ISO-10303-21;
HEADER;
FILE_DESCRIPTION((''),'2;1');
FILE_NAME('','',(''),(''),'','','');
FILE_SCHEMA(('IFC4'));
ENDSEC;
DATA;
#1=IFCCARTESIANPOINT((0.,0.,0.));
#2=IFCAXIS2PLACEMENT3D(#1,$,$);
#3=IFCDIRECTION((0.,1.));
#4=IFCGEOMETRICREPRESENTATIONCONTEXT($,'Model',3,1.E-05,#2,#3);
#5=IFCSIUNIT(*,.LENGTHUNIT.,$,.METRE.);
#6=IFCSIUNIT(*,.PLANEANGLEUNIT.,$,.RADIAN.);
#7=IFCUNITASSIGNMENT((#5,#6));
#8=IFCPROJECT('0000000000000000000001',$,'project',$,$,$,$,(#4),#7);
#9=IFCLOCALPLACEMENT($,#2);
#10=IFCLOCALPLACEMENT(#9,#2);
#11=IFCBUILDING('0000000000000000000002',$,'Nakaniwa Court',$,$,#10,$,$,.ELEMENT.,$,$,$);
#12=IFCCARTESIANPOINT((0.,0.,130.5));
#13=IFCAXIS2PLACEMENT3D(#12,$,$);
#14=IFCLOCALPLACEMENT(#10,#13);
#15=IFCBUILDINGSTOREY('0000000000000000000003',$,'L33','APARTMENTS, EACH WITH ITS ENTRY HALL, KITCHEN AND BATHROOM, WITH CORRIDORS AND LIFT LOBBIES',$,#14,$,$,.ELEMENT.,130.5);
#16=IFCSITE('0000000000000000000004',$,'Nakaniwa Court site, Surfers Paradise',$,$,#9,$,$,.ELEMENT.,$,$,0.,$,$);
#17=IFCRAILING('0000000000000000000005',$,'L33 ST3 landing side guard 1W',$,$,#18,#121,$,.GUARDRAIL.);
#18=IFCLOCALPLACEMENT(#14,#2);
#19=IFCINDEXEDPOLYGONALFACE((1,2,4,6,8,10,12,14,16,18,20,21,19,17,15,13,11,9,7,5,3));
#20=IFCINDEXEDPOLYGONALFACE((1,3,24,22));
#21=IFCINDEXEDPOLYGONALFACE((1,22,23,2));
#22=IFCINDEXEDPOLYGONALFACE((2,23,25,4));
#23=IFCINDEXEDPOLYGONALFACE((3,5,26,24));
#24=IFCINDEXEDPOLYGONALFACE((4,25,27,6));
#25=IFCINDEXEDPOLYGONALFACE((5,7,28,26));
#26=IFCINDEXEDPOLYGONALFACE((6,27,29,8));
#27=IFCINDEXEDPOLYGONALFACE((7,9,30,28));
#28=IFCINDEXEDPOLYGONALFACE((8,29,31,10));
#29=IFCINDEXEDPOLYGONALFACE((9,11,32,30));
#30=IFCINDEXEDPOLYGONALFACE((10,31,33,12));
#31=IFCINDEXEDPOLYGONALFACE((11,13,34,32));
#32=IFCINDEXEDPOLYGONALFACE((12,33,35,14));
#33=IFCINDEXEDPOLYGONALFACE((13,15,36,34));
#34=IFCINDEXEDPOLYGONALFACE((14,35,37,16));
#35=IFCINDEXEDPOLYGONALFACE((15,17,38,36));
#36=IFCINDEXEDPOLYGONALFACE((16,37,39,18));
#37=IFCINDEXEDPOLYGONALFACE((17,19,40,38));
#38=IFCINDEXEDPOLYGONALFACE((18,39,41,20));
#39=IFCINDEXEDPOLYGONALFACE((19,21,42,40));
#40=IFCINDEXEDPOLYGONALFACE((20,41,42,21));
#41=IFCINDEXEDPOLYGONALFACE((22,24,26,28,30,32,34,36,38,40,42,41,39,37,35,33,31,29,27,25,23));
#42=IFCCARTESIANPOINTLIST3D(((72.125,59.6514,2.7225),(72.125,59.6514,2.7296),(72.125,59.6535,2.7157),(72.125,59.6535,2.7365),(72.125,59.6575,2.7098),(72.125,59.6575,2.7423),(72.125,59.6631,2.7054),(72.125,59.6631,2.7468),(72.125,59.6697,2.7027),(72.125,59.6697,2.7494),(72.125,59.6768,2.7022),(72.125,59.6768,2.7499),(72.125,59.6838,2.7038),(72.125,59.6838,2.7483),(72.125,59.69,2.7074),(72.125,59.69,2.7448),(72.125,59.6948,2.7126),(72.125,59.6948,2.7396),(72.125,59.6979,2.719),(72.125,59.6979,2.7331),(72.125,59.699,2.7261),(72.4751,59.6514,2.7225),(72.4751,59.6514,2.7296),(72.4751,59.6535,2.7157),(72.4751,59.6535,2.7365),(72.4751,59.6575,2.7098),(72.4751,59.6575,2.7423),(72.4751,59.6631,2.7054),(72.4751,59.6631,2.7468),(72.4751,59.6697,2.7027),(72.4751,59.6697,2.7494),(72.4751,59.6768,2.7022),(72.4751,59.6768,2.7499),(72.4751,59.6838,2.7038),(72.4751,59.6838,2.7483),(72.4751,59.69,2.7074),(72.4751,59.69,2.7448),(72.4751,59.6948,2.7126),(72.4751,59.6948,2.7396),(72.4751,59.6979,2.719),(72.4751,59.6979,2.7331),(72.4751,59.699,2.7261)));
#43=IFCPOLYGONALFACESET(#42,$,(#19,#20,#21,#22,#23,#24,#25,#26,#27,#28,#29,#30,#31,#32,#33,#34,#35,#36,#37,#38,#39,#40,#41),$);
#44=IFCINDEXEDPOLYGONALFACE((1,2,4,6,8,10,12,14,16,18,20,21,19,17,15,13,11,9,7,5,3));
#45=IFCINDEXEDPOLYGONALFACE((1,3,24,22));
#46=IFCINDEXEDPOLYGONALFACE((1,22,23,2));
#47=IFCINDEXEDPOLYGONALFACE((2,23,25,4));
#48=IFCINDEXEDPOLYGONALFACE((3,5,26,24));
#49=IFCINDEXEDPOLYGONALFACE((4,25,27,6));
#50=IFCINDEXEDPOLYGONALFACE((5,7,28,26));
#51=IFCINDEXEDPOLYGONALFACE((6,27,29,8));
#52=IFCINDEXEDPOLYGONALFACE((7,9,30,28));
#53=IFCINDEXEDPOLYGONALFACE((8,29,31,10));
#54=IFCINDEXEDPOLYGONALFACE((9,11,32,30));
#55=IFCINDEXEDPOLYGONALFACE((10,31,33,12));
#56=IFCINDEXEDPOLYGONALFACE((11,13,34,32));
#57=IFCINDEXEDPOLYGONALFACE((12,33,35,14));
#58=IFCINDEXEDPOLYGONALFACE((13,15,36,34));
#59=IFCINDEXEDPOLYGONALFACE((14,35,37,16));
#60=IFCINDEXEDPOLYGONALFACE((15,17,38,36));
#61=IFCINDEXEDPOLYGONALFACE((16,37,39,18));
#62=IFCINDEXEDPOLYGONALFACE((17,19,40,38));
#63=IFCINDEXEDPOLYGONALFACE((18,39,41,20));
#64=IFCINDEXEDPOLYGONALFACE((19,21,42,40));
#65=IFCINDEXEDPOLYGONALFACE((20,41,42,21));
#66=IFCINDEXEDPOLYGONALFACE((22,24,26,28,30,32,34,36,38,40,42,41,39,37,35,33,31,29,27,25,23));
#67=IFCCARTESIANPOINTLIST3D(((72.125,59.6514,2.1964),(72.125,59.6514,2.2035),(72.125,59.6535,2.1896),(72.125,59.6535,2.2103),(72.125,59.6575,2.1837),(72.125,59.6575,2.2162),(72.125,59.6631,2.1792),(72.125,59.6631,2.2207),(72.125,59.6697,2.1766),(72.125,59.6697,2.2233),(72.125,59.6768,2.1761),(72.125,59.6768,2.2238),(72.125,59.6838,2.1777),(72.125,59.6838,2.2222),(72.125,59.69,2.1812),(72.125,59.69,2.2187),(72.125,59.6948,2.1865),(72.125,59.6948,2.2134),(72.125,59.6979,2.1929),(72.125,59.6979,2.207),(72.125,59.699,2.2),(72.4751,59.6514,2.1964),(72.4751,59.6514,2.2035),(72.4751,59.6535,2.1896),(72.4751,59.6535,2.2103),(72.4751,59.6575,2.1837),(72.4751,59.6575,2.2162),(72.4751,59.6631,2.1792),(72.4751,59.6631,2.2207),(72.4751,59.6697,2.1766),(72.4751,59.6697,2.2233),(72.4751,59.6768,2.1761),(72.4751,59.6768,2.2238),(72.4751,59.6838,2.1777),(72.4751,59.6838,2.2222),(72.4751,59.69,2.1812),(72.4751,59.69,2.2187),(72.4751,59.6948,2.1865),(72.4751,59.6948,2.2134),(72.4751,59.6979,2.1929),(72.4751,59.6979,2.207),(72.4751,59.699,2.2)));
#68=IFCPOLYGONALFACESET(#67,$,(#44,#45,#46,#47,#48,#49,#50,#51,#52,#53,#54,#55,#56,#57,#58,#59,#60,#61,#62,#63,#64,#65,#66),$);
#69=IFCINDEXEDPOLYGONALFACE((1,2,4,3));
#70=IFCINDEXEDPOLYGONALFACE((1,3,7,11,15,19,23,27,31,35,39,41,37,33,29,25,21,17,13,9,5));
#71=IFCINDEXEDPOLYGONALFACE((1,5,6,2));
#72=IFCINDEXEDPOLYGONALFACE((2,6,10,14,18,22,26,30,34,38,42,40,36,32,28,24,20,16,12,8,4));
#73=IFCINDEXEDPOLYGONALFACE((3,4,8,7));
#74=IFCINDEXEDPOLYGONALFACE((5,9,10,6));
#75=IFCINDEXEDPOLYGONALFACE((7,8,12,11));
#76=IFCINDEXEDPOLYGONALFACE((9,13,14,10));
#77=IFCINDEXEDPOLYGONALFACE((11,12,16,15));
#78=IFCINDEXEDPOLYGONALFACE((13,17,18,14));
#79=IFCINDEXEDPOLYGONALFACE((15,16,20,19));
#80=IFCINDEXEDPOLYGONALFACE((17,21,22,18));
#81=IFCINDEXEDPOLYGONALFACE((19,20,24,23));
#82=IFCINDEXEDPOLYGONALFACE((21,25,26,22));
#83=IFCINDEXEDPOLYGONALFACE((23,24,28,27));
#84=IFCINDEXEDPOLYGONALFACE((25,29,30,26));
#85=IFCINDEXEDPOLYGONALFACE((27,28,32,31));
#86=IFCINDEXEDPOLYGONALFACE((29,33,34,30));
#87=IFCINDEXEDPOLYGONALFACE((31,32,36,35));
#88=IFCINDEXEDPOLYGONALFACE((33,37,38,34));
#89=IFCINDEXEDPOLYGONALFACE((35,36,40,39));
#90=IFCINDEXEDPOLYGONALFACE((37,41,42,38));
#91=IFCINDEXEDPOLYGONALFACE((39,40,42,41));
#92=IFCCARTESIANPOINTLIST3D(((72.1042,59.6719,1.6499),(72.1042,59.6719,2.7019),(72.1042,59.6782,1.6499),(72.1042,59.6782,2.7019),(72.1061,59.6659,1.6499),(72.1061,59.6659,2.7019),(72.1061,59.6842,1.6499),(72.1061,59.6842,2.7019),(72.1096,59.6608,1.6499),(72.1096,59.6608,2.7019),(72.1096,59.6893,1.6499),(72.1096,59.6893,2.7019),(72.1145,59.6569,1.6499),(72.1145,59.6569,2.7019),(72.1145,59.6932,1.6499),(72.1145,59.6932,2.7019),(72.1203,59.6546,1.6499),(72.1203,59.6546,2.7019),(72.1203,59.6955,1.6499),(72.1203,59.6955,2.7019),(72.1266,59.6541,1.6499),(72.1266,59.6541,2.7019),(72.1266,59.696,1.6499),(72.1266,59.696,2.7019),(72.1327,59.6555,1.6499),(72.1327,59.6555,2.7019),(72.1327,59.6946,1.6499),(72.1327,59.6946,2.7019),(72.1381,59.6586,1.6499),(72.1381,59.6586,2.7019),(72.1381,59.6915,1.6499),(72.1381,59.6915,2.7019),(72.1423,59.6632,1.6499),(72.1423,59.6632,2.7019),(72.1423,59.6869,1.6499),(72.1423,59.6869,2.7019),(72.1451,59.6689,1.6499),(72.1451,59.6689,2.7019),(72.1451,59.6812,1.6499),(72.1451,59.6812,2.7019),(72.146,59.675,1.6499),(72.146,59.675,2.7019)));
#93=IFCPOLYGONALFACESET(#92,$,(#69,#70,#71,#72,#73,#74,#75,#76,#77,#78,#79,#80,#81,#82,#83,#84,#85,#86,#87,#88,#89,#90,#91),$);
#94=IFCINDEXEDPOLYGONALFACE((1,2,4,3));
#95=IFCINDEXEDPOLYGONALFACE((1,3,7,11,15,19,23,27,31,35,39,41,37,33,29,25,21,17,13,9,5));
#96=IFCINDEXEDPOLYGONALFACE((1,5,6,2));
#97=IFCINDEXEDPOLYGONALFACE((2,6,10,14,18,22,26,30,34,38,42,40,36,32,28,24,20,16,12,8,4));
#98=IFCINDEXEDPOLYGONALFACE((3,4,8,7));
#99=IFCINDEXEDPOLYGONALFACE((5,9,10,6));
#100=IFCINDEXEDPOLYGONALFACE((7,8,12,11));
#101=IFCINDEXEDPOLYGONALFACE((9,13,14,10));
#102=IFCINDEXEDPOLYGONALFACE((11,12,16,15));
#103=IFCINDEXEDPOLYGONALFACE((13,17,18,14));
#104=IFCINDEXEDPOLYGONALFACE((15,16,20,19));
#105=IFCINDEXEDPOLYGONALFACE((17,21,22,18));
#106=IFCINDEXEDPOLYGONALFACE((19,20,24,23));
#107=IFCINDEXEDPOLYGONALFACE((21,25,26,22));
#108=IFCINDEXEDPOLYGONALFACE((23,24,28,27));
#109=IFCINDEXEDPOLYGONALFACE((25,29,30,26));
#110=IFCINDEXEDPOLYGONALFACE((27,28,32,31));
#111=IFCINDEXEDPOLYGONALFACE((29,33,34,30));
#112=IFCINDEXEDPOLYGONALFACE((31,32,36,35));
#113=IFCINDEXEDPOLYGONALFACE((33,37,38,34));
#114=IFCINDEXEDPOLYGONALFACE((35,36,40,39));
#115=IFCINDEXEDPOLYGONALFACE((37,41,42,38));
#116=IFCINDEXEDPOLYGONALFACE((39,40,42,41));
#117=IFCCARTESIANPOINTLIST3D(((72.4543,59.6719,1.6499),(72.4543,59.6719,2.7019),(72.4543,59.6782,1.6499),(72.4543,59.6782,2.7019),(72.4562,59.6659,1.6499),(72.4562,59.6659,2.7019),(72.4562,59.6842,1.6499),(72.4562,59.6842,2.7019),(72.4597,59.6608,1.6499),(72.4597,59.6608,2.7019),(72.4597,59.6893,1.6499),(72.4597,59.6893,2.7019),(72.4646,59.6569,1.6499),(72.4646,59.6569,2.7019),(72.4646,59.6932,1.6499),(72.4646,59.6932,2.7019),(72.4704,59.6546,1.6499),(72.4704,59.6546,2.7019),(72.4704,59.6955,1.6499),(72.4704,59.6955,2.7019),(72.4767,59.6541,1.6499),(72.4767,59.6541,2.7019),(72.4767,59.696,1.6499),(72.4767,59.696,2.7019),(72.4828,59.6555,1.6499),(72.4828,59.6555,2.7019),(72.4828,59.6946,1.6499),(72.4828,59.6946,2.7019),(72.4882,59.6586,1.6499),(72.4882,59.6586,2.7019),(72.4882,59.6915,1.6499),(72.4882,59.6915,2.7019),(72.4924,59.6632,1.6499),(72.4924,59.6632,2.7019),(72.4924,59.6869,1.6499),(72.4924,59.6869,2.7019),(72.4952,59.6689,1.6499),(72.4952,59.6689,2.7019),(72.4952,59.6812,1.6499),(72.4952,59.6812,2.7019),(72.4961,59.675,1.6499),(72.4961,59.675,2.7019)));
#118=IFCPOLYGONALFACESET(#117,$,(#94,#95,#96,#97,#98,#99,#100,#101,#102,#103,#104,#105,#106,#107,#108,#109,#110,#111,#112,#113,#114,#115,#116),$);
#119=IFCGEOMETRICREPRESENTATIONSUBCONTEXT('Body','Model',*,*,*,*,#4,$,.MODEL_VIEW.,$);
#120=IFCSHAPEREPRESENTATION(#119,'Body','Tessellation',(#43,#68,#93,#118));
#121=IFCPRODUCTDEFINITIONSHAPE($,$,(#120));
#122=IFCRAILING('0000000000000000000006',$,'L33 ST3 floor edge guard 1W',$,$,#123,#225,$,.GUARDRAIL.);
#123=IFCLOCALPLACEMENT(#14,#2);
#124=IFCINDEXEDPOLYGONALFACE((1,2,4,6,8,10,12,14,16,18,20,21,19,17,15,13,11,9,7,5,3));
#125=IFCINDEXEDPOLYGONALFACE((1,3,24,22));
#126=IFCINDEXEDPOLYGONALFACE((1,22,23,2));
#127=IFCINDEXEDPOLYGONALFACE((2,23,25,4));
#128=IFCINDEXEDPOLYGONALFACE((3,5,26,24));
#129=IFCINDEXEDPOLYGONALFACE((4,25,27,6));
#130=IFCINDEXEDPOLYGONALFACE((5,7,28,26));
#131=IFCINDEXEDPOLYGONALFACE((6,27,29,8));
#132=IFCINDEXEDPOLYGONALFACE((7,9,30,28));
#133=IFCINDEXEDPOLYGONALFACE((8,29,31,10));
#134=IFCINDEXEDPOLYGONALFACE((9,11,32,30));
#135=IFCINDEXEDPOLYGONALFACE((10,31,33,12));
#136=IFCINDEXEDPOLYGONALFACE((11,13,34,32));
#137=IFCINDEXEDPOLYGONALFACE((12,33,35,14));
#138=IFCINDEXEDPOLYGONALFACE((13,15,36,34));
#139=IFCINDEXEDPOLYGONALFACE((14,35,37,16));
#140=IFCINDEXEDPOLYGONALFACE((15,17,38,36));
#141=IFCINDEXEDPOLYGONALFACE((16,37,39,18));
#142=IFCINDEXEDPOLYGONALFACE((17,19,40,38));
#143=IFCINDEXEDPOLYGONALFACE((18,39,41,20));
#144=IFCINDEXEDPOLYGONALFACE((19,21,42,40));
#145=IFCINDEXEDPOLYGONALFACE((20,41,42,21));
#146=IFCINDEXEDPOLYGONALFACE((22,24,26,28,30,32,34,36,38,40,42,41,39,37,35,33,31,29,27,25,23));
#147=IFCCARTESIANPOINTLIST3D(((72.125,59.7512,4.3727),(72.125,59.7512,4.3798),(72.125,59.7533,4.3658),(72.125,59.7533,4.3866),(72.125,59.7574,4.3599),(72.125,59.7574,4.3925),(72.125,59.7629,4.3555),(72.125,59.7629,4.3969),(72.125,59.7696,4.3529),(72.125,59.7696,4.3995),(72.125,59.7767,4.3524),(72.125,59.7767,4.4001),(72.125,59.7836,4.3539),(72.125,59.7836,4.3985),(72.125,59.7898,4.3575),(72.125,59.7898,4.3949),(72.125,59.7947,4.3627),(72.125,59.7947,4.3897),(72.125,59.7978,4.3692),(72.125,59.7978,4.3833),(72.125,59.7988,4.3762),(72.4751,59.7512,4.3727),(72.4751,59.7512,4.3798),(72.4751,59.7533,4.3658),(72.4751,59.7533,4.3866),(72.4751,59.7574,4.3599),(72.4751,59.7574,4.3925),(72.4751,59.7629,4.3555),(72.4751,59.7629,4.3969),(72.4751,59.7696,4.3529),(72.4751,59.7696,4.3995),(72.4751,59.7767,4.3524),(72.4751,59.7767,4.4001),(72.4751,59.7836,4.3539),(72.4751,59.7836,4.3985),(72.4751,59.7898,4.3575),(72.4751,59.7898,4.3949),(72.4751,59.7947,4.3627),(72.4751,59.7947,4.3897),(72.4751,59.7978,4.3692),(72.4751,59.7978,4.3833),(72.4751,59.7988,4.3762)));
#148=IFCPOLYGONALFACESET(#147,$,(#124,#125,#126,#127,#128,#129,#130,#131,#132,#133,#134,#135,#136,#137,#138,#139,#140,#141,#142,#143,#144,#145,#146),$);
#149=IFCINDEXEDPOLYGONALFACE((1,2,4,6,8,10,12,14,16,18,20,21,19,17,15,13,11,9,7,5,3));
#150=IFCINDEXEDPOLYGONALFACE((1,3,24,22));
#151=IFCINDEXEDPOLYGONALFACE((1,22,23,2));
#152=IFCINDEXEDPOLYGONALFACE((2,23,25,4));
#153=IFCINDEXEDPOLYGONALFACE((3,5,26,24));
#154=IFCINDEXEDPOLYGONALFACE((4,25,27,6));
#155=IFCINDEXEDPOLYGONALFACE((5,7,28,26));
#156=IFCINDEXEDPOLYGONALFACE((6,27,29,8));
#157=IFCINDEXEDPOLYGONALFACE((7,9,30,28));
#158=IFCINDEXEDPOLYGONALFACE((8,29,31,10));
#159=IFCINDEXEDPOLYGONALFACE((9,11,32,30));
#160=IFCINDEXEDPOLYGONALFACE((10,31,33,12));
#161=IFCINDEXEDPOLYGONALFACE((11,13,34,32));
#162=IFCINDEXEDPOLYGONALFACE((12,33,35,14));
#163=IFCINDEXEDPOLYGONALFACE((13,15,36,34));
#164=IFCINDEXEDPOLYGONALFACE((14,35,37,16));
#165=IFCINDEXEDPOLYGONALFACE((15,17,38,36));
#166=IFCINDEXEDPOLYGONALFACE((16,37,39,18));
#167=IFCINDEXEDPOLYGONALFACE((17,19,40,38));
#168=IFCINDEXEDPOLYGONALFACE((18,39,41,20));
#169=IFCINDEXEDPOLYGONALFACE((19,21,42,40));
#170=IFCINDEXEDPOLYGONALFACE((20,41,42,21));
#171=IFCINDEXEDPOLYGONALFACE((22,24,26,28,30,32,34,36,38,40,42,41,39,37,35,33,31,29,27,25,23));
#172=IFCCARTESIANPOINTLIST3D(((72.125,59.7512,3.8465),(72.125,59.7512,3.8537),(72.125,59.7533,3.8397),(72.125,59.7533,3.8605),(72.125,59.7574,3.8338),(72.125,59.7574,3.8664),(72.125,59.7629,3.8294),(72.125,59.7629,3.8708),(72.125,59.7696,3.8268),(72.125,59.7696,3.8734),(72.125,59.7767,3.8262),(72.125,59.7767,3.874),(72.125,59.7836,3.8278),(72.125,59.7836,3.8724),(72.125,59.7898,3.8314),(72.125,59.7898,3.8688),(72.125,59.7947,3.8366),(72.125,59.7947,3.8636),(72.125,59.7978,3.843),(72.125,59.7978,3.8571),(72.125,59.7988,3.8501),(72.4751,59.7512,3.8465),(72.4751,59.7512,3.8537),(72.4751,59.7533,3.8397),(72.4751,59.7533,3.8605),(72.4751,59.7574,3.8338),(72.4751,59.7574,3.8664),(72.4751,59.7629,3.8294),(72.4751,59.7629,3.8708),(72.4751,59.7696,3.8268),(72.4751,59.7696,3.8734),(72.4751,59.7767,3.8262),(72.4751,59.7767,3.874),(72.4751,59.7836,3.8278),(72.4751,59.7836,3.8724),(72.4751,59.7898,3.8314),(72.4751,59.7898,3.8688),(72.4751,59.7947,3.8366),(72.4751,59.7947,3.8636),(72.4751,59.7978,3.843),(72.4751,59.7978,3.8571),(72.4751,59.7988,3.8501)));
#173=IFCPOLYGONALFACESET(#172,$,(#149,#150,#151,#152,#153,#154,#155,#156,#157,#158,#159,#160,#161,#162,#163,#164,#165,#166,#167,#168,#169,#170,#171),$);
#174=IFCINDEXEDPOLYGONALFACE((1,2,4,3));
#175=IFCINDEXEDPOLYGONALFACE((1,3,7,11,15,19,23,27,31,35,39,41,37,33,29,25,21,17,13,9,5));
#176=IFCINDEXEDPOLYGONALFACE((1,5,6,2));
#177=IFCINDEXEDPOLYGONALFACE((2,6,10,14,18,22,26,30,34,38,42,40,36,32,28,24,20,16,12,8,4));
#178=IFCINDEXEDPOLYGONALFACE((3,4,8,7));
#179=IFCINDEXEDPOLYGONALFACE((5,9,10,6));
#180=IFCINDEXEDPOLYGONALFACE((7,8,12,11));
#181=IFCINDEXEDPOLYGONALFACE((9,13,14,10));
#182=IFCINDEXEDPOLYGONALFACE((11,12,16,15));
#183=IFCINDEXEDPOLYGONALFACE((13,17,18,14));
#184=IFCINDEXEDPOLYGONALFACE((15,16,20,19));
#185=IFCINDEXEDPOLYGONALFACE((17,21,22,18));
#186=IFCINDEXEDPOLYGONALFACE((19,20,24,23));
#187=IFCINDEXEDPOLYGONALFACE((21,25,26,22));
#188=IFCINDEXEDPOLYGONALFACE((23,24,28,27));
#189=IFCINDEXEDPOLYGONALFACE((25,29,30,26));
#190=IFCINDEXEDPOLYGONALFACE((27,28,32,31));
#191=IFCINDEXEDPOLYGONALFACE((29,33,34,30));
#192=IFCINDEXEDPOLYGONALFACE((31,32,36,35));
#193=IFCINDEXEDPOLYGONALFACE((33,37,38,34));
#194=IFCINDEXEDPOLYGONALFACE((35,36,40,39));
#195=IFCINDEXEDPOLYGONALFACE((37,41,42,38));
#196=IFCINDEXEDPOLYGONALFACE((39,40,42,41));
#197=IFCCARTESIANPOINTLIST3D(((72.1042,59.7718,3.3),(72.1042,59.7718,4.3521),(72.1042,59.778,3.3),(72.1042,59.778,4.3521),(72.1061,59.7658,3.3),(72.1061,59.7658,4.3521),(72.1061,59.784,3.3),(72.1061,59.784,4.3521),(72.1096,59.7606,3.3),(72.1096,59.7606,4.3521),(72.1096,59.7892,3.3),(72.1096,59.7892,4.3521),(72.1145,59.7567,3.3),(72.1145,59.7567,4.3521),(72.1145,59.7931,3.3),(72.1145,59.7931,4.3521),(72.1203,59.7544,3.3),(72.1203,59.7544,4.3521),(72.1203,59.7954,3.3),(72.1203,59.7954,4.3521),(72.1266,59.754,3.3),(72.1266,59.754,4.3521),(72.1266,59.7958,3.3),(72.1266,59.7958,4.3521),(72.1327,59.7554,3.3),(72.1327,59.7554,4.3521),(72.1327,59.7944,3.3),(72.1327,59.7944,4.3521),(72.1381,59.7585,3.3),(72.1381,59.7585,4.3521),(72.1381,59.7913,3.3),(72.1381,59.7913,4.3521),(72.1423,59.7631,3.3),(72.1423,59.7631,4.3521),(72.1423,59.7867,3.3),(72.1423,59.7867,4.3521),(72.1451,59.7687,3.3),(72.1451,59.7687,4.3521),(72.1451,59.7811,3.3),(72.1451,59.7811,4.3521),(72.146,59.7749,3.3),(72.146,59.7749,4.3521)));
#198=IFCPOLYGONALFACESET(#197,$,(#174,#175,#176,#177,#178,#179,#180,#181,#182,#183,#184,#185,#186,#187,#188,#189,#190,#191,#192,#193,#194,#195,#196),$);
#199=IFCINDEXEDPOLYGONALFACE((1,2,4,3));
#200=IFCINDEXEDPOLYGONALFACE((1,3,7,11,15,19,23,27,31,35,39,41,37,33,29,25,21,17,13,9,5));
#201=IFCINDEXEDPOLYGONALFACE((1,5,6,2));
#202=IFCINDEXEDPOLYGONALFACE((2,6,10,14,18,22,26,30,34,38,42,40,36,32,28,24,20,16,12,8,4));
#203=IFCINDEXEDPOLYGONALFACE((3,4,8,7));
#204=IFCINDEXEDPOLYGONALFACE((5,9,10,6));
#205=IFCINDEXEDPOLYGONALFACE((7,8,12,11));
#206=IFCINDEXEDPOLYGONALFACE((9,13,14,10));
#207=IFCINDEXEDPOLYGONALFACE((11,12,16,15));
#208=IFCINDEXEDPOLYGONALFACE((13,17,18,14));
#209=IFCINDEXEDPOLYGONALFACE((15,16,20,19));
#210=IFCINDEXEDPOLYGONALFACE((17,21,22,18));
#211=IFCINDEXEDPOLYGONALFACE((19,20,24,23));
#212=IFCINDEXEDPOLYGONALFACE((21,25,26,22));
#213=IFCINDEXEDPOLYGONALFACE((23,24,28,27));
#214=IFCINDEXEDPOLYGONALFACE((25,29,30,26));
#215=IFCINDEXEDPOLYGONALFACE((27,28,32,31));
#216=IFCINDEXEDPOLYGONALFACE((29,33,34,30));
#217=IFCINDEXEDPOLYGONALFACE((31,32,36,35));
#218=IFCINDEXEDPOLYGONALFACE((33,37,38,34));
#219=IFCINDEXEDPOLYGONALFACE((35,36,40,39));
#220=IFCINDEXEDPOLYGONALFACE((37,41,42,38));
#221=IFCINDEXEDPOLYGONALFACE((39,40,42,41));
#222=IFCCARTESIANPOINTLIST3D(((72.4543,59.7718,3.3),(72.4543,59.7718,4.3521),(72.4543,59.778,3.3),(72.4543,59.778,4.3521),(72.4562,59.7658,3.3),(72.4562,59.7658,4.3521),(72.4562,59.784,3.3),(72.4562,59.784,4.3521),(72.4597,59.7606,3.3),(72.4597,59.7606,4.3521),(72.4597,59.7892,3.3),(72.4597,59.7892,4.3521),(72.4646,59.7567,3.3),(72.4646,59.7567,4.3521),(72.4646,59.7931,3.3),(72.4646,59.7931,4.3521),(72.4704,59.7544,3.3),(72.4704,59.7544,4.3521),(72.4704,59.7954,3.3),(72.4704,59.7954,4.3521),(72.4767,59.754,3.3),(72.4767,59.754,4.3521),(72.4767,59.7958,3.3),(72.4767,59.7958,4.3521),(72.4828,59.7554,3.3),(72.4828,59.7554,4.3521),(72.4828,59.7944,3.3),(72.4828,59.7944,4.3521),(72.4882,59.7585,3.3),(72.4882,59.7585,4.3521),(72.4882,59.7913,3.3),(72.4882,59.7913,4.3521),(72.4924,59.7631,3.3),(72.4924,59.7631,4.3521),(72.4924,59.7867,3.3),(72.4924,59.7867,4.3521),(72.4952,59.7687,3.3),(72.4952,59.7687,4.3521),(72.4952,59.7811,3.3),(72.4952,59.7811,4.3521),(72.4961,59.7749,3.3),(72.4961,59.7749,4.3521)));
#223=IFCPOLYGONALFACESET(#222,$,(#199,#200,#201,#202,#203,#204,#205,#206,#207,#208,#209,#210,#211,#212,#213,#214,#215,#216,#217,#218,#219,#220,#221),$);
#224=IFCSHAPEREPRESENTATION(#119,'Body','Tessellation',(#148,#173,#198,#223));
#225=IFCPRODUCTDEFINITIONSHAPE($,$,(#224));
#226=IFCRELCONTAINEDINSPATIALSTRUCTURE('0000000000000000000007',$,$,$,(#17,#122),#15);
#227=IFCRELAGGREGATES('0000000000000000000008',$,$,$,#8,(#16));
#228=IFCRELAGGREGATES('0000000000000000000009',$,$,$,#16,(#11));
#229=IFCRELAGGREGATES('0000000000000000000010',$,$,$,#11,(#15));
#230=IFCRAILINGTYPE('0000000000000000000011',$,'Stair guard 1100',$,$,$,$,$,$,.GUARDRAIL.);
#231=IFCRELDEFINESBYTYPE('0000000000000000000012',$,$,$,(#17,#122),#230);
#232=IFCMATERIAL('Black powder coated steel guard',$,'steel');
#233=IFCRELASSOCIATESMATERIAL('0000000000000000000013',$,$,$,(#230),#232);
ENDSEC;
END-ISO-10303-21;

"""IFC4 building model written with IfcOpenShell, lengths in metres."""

from ifc_helpers import new_model, si_unit, direction, frame, origin, origin_2d, place, context, subcontext, project, spatial, circle, extrude, material, type_object, element, save


model = new_model("IFC4")

# Units and contexts
model_context = context("Model", 3, precision=1e-05, world=origin(), true_north=direction((0.0, 1.0)))
body_context = subcontext(model_context, "Body", "Model", "MODEL_VIEW")
ifc_project = project(units=[si_unit("LENGTHUNIT", "METRE"), si_unit("PLANEANGLEUNIT", "RADIAN")], contexts=[model_context])

# Site, building, storey
site_placement = place(None, origin())
site = spatial("IfcSite", under=ifc_project, at=site_placement, Name="Nakaniwa Court site, Surfers Paradise", CompositionType="ELEMENT", RefElevation=0.0)
building_placement = place(site_placement, origin())
building = spatial("IfcBuilding", under=site, at=building_placement, Name="Nakaniwa Court", CompositionType="ELEMENT")
storey_placement = place(building_placement, frame((0.0, 0.0, 130.5)))
storey = spatial("IfcBuildingStorey", under=building, at=storey_placement, Name="L33", Description="APARTMENTS, EACH WITH ITS ENTRY HALL, KITCHEN AND BATHROOM, WITH CORRIDORS AND LIFT LOBBIES", CompositionType="ELEMENT", Elevation=130.5)

# Railings
ifc_material_1 = material(Name="Black powder coated steel guard", Category="steel")
railing_type_1 = type_object("IfcRailingType", Name="Stair guard 1100", PredefinedType="GUARDRAIL", material=ifc_material_1)
for number, where, name in (
    (1, (72.125, 59.675, 1.6499), "L33 ST3 landing side guard 1W"),
    (2, (72.125, 59.7749, 3.3), "L33 ST3 floor edge guard 1W"),
):
    element("IfcRailing", number, at=place(storey_placement, frame(where)), inside=storey, type_object=railing_type_1, Name=name, PredefinedType="GUARDRAIL", context=body_context, shape_type="SweptSolid", body=[
        extrude(circle(Radius=0.0239, at=origin_2d()), frame((0.0, 0.0, 1.0762), z_axis=(1.0, 0.0, 0.0), x_axis=(0.0, 1.0, 0.0)), (0.0, 0.0, 1.0), 0.3501),
        extrude(circle(Radius=0.0239, at=origin_2d()), frame((0.0, 0.0, 0.55), z_axis=(1.0, 0.0, 0.0), x_axis=(0.0, 1.0, 0.0)), (0.0, 0.0, 1.0), 0.3501),
        extrude(circle(Radius=0.021, at=origin_2d()), origin(), (0.0, 0.0, 1.0), 1.052),
        extrude(circle(Radius=0.021, at=origin_2d()), frame((0.3501, 0.0, 0.0)), (0.0, 0.0, 1.0), 1.052),
    ])

save(model, "model.ifc")
